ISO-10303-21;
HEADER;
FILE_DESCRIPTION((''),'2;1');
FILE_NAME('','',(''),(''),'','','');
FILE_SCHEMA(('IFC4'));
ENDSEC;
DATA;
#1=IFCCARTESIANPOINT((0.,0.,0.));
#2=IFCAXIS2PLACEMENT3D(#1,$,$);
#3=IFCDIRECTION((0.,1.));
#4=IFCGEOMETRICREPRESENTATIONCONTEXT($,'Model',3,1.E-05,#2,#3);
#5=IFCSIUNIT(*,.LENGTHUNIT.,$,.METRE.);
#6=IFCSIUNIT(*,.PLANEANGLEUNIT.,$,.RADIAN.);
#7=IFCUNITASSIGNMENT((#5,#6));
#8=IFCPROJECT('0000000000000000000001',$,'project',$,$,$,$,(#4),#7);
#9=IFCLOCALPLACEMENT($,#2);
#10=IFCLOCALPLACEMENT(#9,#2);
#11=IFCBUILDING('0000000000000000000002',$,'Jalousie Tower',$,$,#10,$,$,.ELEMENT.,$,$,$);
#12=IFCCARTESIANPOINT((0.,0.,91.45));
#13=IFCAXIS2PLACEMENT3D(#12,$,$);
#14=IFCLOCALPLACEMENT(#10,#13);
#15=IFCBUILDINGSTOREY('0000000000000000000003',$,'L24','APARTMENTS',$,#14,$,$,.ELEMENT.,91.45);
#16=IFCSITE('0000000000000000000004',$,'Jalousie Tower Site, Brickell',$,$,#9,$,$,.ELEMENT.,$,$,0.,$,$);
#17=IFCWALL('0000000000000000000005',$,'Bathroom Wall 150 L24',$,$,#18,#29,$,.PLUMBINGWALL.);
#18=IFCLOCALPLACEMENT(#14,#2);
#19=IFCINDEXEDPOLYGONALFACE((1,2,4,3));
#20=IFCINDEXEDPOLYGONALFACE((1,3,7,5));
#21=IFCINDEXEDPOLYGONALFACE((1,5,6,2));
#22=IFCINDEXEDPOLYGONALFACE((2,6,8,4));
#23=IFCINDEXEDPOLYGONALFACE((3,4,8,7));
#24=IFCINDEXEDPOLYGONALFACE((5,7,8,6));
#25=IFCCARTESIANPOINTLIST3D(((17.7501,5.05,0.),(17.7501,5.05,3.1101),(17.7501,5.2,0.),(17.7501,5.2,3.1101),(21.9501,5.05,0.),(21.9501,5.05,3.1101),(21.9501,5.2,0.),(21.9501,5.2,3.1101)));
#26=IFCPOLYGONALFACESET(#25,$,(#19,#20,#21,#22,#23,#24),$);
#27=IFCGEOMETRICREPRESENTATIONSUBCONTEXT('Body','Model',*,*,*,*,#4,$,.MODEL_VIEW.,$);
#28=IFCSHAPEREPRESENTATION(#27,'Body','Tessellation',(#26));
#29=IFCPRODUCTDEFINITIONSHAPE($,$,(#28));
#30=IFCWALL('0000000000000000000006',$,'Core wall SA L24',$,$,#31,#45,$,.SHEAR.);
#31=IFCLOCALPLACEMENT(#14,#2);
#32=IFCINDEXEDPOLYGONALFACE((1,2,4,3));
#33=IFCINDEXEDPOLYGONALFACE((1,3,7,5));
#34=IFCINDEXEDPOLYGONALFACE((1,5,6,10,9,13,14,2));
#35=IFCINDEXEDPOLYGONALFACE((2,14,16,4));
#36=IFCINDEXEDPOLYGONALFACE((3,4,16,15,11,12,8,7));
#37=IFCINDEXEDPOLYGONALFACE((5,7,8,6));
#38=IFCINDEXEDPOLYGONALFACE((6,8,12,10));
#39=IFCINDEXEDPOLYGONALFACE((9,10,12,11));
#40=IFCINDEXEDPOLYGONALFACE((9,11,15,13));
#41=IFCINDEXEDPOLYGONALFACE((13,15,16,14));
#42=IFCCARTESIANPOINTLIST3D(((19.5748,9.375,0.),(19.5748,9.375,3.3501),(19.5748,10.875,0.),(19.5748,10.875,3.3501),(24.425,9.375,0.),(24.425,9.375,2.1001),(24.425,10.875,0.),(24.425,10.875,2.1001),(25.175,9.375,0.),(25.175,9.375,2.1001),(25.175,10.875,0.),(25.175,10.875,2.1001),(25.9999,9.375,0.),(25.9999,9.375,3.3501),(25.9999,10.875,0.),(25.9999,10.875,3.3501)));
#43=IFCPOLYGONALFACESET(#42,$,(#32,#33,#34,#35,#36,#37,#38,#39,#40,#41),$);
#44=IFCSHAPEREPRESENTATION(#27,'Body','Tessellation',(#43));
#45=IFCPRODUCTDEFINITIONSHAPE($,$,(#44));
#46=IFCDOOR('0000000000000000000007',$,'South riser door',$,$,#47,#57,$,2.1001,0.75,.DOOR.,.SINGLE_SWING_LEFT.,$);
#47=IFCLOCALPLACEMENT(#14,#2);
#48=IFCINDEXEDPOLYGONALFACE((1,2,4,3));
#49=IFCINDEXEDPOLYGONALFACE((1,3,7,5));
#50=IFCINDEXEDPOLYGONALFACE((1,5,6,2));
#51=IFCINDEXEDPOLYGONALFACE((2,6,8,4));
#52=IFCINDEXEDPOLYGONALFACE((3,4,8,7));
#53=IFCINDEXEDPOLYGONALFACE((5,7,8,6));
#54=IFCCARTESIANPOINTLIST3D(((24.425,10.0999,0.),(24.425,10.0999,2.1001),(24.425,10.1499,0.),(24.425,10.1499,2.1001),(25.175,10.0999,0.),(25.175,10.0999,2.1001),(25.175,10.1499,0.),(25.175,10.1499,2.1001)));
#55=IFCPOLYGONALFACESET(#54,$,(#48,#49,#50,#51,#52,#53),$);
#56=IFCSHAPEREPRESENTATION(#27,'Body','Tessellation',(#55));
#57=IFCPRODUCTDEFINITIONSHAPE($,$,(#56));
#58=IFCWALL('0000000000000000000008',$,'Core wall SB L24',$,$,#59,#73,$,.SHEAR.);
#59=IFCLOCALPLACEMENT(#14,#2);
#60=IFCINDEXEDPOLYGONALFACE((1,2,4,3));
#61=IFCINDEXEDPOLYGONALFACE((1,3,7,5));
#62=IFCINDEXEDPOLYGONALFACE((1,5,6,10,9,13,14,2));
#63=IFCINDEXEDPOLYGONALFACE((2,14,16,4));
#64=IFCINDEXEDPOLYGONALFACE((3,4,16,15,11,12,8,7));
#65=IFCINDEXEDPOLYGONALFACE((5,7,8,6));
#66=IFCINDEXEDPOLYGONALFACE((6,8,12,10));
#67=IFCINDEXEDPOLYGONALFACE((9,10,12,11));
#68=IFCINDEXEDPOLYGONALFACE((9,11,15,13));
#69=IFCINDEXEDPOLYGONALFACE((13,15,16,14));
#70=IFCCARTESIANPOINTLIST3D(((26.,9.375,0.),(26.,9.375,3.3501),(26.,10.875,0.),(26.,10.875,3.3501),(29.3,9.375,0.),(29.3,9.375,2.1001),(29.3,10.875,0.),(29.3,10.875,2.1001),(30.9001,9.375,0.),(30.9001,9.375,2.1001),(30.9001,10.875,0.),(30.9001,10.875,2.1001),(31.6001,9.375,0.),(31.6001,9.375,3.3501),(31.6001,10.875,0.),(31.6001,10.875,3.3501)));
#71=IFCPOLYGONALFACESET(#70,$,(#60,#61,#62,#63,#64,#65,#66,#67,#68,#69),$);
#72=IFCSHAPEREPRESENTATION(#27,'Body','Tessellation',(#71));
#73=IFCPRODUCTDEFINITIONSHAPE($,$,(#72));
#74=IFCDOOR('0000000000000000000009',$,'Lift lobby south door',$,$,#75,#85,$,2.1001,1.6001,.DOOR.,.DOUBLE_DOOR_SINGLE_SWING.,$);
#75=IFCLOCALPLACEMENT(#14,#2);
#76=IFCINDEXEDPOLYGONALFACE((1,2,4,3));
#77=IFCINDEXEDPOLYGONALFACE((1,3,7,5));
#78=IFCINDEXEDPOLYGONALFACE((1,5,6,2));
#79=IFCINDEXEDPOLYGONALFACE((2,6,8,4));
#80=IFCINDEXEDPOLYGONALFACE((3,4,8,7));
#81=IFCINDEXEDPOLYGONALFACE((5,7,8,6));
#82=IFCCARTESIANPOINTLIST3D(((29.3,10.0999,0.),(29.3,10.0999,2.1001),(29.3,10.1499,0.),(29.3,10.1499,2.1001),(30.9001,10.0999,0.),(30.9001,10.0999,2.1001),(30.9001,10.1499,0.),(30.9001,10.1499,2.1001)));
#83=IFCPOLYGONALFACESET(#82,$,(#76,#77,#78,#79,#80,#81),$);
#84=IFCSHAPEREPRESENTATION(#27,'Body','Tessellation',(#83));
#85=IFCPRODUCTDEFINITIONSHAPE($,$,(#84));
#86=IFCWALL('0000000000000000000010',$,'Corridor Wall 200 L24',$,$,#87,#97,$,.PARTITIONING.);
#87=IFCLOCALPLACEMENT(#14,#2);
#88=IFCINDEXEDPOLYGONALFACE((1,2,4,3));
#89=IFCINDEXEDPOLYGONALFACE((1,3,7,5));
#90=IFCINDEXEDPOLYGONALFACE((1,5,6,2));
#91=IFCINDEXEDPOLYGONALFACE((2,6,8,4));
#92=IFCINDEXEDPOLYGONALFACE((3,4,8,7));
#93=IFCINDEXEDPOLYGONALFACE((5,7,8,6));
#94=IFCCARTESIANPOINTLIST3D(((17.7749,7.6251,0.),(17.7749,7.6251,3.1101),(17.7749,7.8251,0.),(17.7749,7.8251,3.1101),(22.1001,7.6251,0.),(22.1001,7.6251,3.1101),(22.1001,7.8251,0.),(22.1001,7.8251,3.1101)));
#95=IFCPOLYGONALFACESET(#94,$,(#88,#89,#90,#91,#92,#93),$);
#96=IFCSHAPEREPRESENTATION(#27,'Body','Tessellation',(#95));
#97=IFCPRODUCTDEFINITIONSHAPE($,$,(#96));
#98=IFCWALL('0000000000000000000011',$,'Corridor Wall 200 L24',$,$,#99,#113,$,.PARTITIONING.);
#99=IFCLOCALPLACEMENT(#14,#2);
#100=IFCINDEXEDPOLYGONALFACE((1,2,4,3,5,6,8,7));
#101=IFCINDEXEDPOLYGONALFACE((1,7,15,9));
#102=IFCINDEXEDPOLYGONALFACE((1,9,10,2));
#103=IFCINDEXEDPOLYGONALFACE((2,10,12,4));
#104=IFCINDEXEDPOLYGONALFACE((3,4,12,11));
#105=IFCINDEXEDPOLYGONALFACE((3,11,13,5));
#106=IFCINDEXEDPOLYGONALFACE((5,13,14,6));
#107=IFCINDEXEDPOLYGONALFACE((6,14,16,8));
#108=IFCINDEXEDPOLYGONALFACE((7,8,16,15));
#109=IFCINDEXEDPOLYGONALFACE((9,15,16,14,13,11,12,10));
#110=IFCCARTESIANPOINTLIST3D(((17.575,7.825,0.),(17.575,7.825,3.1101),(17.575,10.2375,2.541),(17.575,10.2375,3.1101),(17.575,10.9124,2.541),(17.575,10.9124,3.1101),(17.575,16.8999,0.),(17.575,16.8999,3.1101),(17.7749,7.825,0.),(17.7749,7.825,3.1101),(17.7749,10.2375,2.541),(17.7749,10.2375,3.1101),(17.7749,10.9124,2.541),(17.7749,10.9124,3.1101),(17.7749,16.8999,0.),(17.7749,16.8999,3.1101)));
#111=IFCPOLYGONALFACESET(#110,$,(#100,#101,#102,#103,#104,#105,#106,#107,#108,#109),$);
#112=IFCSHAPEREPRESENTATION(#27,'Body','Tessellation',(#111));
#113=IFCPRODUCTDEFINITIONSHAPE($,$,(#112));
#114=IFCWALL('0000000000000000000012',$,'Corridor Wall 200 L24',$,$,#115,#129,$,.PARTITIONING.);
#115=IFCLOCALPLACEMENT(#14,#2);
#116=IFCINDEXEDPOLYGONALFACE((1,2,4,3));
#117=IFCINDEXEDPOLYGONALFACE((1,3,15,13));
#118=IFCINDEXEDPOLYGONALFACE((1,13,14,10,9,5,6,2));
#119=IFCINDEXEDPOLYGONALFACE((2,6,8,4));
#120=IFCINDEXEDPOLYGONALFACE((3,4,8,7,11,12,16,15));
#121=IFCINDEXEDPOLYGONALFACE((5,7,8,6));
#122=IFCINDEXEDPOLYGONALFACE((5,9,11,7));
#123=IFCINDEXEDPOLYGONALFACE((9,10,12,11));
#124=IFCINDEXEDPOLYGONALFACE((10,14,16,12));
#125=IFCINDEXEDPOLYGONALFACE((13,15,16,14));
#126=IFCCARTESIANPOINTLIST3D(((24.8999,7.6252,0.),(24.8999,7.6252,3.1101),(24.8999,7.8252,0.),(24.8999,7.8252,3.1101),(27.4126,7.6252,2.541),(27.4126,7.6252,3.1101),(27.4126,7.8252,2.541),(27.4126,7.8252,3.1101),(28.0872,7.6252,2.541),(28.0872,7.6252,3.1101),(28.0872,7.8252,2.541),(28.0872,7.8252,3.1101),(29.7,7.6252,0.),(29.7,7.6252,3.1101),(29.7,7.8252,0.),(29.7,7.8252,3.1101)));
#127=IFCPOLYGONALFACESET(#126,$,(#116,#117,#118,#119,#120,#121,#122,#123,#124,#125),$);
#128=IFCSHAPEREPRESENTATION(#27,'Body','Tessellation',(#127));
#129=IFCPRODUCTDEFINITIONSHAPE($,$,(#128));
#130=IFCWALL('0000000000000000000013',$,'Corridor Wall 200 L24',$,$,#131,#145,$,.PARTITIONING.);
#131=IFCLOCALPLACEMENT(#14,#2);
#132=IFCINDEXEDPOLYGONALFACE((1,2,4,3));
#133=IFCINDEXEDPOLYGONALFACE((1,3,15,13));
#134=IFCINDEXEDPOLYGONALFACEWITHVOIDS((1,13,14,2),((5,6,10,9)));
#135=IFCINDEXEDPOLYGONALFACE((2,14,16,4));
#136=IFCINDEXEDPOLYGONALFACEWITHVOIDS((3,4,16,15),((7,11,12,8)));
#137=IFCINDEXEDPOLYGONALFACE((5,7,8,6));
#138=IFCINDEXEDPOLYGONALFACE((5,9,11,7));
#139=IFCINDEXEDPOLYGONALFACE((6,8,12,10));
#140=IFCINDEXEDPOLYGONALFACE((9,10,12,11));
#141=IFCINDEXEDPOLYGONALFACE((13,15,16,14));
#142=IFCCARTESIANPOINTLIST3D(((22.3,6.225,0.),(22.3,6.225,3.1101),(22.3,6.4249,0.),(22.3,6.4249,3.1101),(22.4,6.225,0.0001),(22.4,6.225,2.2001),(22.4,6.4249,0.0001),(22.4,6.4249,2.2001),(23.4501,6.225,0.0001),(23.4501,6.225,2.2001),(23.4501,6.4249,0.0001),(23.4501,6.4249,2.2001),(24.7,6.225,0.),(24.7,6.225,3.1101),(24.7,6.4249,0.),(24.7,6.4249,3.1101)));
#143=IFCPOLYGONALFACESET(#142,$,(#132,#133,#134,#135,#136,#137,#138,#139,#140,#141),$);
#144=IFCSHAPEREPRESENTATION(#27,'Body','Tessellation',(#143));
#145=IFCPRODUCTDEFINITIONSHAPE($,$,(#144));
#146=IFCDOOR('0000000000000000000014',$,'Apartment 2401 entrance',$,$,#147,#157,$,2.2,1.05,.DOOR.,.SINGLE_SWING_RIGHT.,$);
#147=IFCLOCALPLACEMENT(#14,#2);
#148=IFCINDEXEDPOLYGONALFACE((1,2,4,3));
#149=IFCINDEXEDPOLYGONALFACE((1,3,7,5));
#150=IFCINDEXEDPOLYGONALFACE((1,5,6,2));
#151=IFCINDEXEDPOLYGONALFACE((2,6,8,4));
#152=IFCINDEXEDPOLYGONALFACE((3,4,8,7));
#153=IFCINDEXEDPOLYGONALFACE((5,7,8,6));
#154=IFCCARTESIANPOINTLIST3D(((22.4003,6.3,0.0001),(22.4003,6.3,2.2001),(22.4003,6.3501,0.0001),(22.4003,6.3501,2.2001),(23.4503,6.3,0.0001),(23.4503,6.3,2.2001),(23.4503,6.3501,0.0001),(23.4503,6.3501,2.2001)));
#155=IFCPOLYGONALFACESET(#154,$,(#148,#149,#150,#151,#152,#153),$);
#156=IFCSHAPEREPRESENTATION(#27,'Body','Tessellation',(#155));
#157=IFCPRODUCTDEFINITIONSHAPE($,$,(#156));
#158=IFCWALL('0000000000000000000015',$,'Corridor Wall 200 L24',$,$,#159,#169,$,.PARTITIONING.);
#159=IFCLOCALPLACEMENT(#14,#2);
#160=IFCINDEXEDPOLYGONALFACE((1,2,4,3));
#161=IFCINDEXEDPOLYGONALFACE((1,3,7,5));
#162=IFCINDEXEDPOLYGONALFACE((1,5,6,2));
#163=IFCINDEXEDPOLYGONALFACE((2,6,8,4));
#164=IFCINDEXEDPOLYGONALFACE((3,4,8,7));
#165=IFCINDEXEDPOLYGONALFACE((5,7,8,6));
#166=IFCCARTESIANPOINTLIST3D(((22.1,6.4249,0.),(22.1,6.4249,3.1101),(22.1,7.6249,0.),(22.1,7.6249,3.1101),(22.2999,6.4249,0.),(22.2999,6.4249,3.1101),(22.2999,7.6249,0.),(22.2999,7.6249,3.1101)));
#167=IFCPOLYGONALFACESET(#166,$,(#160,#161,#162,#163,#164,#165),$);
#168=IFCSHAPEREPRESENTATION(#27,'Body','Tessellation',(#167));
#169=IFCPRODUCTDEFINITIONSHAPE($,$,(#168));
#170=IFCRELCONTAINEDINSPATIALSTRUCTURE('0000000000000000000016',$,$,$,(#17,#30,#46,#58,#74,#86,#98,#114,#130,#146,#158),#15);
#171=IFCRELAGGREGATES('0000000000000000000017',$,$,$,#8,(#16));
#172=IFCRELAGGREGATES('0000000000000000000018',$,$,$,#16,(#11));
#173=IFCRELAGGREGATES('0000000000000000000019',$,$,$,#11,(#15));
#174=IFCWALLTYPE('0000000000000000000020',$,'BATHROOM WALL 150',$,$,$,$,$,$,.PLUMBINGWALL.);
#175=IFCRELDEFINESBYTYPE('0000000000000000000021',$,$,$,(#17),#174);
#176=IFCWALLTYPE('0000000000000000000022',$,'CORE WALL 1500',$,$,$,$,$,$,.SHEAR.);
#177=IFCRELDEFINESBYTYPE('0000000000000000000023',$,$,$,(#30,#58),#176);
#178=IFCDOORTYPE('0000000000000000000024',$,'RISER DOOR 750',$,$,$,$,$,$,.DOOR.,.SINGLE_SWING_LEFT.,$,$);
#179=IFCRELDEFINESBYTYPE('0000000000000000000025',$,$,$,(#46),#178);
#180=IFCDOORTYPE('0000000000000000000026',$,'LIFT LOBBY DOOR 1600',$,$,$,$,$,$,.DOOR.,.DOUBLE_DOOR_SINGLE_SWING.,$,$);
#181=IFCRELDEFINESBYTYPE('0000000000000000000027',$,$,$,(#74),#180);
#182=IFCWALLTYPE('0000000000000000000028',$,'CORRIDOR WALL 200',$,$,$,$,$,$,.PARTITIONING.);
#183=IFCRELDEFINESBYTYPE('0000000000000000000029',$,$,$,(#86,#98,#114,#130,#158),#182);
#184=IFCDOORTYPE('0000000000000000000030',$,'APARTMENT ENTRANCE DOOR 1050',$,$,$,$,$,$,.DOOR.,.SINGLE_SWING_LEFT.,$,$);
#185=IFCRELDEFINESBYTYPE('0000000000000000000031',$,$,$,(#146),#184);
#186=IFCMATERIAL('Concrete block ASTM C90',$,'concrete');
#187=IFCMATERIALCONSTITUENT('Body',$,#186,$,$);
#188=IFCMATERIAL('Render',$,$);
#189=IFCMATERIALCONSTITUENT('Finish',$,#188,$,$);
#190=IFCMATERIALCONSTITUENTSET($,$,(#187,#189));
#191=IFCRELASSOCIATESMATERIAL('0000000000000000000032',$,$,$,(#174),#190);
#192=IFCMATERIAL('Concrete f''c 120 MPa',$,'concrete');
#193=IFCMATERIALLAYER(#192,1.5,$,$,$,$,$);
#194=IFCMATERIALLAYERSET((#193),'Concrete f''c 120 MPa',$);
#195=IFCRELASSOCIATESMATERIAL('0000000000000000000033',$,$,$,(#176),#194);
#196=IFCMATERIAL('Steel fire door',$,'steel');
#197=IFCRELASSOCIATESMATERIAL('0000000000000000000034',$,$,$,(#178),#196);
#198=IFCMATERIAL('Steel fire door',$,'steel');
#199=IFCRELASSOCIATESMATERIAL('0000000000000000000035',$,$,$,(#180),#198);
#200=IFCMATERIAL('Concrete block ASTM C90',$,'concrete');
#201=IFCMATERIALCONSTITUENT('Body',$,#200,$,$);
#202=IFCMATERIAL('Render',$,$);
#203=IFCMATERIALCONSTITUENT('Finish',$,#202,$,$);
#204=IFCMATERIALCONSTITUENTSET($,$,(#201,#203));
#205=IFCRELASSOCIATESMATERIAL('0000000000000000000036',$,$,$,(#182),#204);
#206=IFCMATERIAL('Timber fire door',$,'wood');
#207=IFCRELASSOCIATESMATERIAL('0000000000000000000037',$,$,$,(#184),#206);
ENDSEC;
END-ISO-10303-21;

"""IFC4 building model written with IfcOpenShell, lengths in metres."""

from ifc_helpers import new_model, si_unit, direction, frame, frame_2d, origin, place, context, subcontext, project, spatial, polyline, rectangle, outline, extrude, material, layer, layer_set, constituent, constituent_set, type_object, element, fill, save


model = new_model("IFC4")

# Units and contexts
model_context = context("Model", 3, precision=1e-05, world=origin(), true_north=direction((0.0, 1.0)))
body_context = subcontext(model_context, "Body", "Model", "MODEL_VIEW")
ifc_project = project(units=[si_unit("LENGTHUNIT", "METRE"), si_unit("PLANEANGLEUNIT", "RADIAN")], contexts=[model_context])

# Site, building, storey
site_placement = place(None, origin())
site = spatial("IfcSite", under=ifc_project, at=site_placement, Name="Jalousie Tower Site, Brickell", CompositionType="ELEMENT", RefElevation=0.0)
building_placement = place(site_placement, origin())
building = spatial("IfcBuilding", under=site, at=building_placement, Name="Jalousie Tower", CompositionType="ELEMENT")
storey_placement = place(building_placement, frame((0.0, 0.0, 91.45)))
storey = spatial("IfcBuildingStorey", under=building, at=storey_placement, Name="L24", Description="APARTMENTS", CompositionType="ELEMENT", Elevation=91.45)

# Wall
ifc_material_1 = material(Name="Concrete block ASTM C90", Category="concrete")
ifc_constituent_1 = constituent(ifc_material_1, Name="Body")
ifc_material_2 = material(Name="Render")
ifc_constituent_2 = constituent(ifc_material_2, Name="Finish")
ifc_constituent_set_1 = constituent_set(constituents=[ifc_constituent_1, ifc_constituent_2])
wall_type_1 = type_object("IfcWallType", Name="BATHROOM WALL 150", PredefinedType="PLUMBINGWALL", material=ifc_constituent_set_1)
wall_1_placement = place(storey_placement, frame((17.75, 5.125, 0.0), z_axis=(0.0, 0.0, 1.0), x_axis=(1.0, 0.0, 0.0)))
element("IfcWall", 1, at=wall_1_placement, inside=storey, type_object=wall_type_1, Name="Bathroom Wall 150 L24", PredefinedType="PLUMBINGWALL", context=body_context, shape_type="SweptSolid", body=[
    extrude(rectangle(XDim=4.2, YDim=0.1499, at=frame_2d((2.1001, 0.0))), origin(), (0.0, 0.0, 1.0), 3.1101),
])

# Walls, openings, doors
ifc_material_3 = material(Name="Concrete f'c 120 MPa", Category="concrete")
ifc_layer = layer(ifc_material_3, 1.5)
ifc_layer_set = layer_set([ifc_layer], Name="Concrete f'c 120 MPa")
wall_type_2 = type_object("IfcWallType", Name="CORE WALL 1500", PredefinedType="SHEAR", material=ifc_layer_set)
wall_2_placement = place(storey_placement, frame((19.575, 10.125, 0.0), z_axis=(0.0, 0.0, 1.0), x_axis=(1.0, 0.0, 0.0)))
wall_2 = element("IfcWall", 2, at=wall_2_placement, inside=storey, type_object=wall_type_2, Name="Core wall SA L24", PredefinedType="SHEAR", context=body_context, shape_type="SweptSolid", body=[
    extrude(rectangle(XDim=6.425, YDim=1.5, at=frame_2d((3.2124, 0.0))), origin(), (0.0, 0.0, 1.0), 3.3501),
])
opening_1_placement = place(wall_2_placement, frame((4.8501, 0.0, 0.0)))
opening_1 = element("IfcOpeningElement", 3, at=opening_1_placement, cuts=wall_2, PredefinedType="OPENING", context=body_context, shape_type="SweptSolid", body=[
    extrude(rectangle(XDim=0.75, YDim=2.1001, at=frame_2d((0.375, 1.05))), frame((0.0, 0.76, 0.0), z_axis=(0.0, -1.0, 0.0), x_axis=(1.0, 0.0, 0.0)), (0.0, 0.0, 1.0), 1.52),
])
ifc_material_4 = material(Name="Steel fire door", Category="steel")
door_type_1 = type_object("IfcDoorType", Name="RISER DOOR 750", OperationType="SINGLE_SWING_LEFT", PredefinedType="DOOR", material=ifc_material_4)
door_1_placement = place(opening_1_placement, origin())
door_1 = element("IfcDoor", 4, at=door_1_placement, inside=storey, type_object=door_type_1, Name="South riser door", OperationType="SINGLE_SWING_LEFT", OverallHeight=2.1001, OverallWidth=0.75, PredefinedType="DOOR", context=body_context, shape_type="SweptSolid", body=[
    extrude(rectangle(XDim=0.75, YDim=2.1001, at=frame_2d((0.375, 1.05))), frame((0.0, 0.0249, 0.0), z_axis=(0.0, -1.0, 0.0), x_axis=(1.0, 0.0, 0.0)), (0.0, 0.0, 1.0), 0.05),
])
fill(opening_1, door_1)
wall_3_placement = place(storey_placement, frame((26.0, 10.125, 0.0), z_axis=(0.0, 0.0, 1.0), x_axis=(1.0, 0.0, 0.0)))
wall_3 = element("IfcWall", 5, at=wall_3_placement, inside=storey, type_object=wall_type_2, Name="Core wall SB L24", PredefinedType="SHEAR", context=body_context, shape_type="SweptSolid", body=[
    extrude(rectangle(XDim=5.6001, YDim=1.5, at=frame_2d((2.8, 0.0))), origin(), (0.0, 0.0, 1.0), 3.3501),
])
opening_2_placement = place(wall_3_placement, frame((3.3, 0.0, 0.0)))
opening_2 = element("IfcOpeningElement", 6, at=opening_2_placement, cuts=wall_3, PredefinedType="OPENING", context=body_context, shape_type="SweptSolid", body=[
    extrude(rectangle(XDim=1.6001, YDim=2.1001, at=frame_2d((0.8, 1.05))), frame((0.0, 0.76, 0.0), z_axis=(0.0, -1.0, 0.0), x_axis=(1.0, 0.0, 0.0)), (0.0, 0.0, 1.0), 1.52),
])
ifc_material_5 = material(Name="Steel fire door", Category="steel")
door_type_2 = type_object("IfcDoorType", Name="LIFT LOBBY DOOR 1600", OperationType="DOUBLE_DOOR_SINGLE_SWING", PredefinedType="DOOR", material=ifc_material_5)
door_2_placement = place(opening_2_placement, origin())
door_2 = element("IfcDoor", 7, at=door_2_placement, inside=storey, type_object=door_type_2, Name="Lift lobby south door", OperationType="DOUBLE_DOOR_SINGLE_SWING", OverallHeight=2.1001, OverallWidth=1.6001, PredefinedType="DOOR", context=body_context, shape_type="SweptSolid", body=[
    extrude(rectangle(XDim=1.6001, YDim=2.1001, at=frame_2d((0.8, 1.05))), frame((0.0, 0.0249, 0.0), z_axis=(0.0, -1.0, 0.0), x_axis=(1.0, 0.0, 0.0)), (0.0, 0.0, 1.0), 0.05),
])
fill(opening_2, door_2)

# Walls
ifc_material_6 = material(Name="Concrete block ASTM C90", Category="concrete")
ifc_constituent_3 = constituent(ifc_material_6, Name="Body")
ifc_material_7 = material(Name="Render")
ifc_constituent_4 = constituent(ifc_material_7, Name="Finish")
ifc_constituent_set_2 = constituent_set(constituents=[ifc_constituent_3, ifc_constituent_4])
wall_type_3 = type_object("IfcWallType", Name="CORRIDOR WALL 200", PredefinedType="PARTITIONING", material=ifc_constituent_set_2)
wall_4_placement = place(storey_placement, frame((17.7749, 7.7251, 0.0), z_axis=(0.0, 0.0, 1.0), x_axis=(1.0, 0.0, 0.0)))
element("IfcWall", 8, at=wall_4_placement, inside=storey, type_object=wall_type_3, Name="Corridor Wall 200 L24", PredefinedType="PARTITIONING", context=body_context, shape_type="SweptSolid", body=[
    extrude(rectangle(XDim=4.3252, YDim=0.2, at=frame_2d((2.1626, 0.0))), origin(), (0.0, 0.0, 1.0), 3.1101),
])
wall_5_placement = place(storey_placement, frame((17.675, 7.825, 0.0), z_axis=(0.0, 0.0, 1.0), x_axis=(0.0, 1.0, 0.0)))
element("IfcWall", 9, at=wall_5_placement, inside=storey, type_object=wall_type_3, Name="Corridor Wall 200 L24", PredefinedType="PARTITIONING", context=body_context, shape_type="SweptSolid", body=[
    extrude(outline(polyline([(0.0, 0.0), (9.075, 0.0), (9.075, 3.1101), (3.0874, 3.1101), (3.0874, 2.541), (2.4126, 2.541), (2.4126, 3.1101), (0.0, 3.1101), (0.0, 0.0)])), frame((0.0, 0.1001, 0.0), z_axis=(0.0, -1.0, 0.0), x_axis=(1.0, 0.0, 0.0)), (0.0, 0.0, 1.0), 0.2),
])
wall_6_placement = place(storey_placement, frame((24.8999, 7.7251, 0.0), z_axis=(0.0, 0.0, 1.0), x_axis=(1.0, 0.0, 0.0)))
element("IfcWall", 10, at=wall_6_placement, inside=storey, type_object=wall_type_3, Name="Corridor Wall 200 L24", PredefinedType="PARTITIONING", context=body_context, shape_type="SweptSolid", body=[
    extrude(outline(polyline([(0.0, 0.0), (4.8, 0.0), (4.8, 3.1101), (3.1873, 3.1101), (3.1873, 2.541), (2.5127, 2.541), (2.5127, 3.1101), (0.0, 3.1101), (0.0, 0.0)])), frame((0.0, 0.1001, 0.0), z_axis=(0.0, -1.0, 0.0), x_axis=(1.0, 0.0, 0.0)), (0.0, 0.0, 1.0), 0.2),
])

# Wall, opening, door
wall_7_placement = place(storey_placement, frame((22.3, 6.325, 0.0), z_axis=(0.0, 0.0, 1.0), x_axis=(1.0, 0.0, 0.0)))
wall_7 = element("IfcWall", 11, at=wall_7_placement, inside=storey, type_object=wall_type_3, Name="Corridor Wall 200 L24", PredefinedType="PARTITIONING", context=body_context, shape_type="SweptSolid", body=[
    extrude(rectangle(XDim=2.3999, YDim=0.2, at=frame_2d((1.2, 0.0))), origin(), (0.0, 0.0, 1.0), 3.1101),
])
opening_3_placement = place(wall_7_placement, frame((0.1001, 0.0, 0.0)))
opening_3 = element("IfcOpeningElement", 12, at=opening_3_placement, cuts=wall_7, PredefinedType="OPENING", context=body_context, shape_type="SweptSolid", body=[
    extrude(rectangle(XDim=1.05, YDim=2.2, at=frame_2d((0.5249, 1.1001))), frame((0.0, 0.1099, 0.0), z_axis=(0.0, -1.0, 0.0), x_axis=(1.0, 0.0, 0.0)), (0.0, 0.0, 1.0), 0.22),
])
ifc_material_8 = material(Name="Timber fire door", Category="wood")
door_type_3 = type_object("IfcDoorType", Name="APARTMENT ENTRANCE DOOR 1050", OperationType="SINGLE_SWING_LEFT", PredefinedType="DOOR", material=ifc_material_8)
door_3_placement = place(opening_3_placement, frame((1.05, 0.0, 0.0), z_axis=(0.0, 0.0, 1.0), x_axis=(-1.0, 0.0, 0.0)))
door_3 = element("IfcDoor", 13, at=door_3_placement, inside=storey, type_object=door_type_3, Name="Apartment 2401 entrance", OperationType="SINGLE_SWING_RIGHT", OverallHeight=2.2, OverallWidth=1.05, PredefinedType="DOOR", context=body_context, shape_type="SweptSolid", body=[
    extrude(rectangle(XDim=1.05, YDim=2.2, at=frame_2d((0.5249, 1.1001))), frame((0.0, 0.0249, 0.0), z_axis=(0.0, -1.0, 0.0), x_axis=(1.0, 0.0, 0.0)), (0.0, 0.0, 1.0), 0.05),
])
fill(opening_3, door_3)

# Wall
for number, where, z_axis, x_axis, name in (
    (14, (22.2, 7.625, 0.0), (0.0, 0.0, 1.0), (0.0, -1.0, 0.0), "Corridor Wall 200 L24"),
):
    element("IfcWall", number, at=place(storey_placement, frame(where, z_axis=z_axis, x_axis=x_axis)), inside=storey, type_object=wall_type_3, Name=name, PredefinedType="PARTITIONING", context=body_context, shape_type="SweptSolid", body=[
        extrude(rectangle(XDim=1.2, YDim=0.2, at=frame_2d((0.6001, 0.0))), origin(), (0.0, 0.0, 1.0), 3.1101),
    ])

save(model, "model.ifc")
